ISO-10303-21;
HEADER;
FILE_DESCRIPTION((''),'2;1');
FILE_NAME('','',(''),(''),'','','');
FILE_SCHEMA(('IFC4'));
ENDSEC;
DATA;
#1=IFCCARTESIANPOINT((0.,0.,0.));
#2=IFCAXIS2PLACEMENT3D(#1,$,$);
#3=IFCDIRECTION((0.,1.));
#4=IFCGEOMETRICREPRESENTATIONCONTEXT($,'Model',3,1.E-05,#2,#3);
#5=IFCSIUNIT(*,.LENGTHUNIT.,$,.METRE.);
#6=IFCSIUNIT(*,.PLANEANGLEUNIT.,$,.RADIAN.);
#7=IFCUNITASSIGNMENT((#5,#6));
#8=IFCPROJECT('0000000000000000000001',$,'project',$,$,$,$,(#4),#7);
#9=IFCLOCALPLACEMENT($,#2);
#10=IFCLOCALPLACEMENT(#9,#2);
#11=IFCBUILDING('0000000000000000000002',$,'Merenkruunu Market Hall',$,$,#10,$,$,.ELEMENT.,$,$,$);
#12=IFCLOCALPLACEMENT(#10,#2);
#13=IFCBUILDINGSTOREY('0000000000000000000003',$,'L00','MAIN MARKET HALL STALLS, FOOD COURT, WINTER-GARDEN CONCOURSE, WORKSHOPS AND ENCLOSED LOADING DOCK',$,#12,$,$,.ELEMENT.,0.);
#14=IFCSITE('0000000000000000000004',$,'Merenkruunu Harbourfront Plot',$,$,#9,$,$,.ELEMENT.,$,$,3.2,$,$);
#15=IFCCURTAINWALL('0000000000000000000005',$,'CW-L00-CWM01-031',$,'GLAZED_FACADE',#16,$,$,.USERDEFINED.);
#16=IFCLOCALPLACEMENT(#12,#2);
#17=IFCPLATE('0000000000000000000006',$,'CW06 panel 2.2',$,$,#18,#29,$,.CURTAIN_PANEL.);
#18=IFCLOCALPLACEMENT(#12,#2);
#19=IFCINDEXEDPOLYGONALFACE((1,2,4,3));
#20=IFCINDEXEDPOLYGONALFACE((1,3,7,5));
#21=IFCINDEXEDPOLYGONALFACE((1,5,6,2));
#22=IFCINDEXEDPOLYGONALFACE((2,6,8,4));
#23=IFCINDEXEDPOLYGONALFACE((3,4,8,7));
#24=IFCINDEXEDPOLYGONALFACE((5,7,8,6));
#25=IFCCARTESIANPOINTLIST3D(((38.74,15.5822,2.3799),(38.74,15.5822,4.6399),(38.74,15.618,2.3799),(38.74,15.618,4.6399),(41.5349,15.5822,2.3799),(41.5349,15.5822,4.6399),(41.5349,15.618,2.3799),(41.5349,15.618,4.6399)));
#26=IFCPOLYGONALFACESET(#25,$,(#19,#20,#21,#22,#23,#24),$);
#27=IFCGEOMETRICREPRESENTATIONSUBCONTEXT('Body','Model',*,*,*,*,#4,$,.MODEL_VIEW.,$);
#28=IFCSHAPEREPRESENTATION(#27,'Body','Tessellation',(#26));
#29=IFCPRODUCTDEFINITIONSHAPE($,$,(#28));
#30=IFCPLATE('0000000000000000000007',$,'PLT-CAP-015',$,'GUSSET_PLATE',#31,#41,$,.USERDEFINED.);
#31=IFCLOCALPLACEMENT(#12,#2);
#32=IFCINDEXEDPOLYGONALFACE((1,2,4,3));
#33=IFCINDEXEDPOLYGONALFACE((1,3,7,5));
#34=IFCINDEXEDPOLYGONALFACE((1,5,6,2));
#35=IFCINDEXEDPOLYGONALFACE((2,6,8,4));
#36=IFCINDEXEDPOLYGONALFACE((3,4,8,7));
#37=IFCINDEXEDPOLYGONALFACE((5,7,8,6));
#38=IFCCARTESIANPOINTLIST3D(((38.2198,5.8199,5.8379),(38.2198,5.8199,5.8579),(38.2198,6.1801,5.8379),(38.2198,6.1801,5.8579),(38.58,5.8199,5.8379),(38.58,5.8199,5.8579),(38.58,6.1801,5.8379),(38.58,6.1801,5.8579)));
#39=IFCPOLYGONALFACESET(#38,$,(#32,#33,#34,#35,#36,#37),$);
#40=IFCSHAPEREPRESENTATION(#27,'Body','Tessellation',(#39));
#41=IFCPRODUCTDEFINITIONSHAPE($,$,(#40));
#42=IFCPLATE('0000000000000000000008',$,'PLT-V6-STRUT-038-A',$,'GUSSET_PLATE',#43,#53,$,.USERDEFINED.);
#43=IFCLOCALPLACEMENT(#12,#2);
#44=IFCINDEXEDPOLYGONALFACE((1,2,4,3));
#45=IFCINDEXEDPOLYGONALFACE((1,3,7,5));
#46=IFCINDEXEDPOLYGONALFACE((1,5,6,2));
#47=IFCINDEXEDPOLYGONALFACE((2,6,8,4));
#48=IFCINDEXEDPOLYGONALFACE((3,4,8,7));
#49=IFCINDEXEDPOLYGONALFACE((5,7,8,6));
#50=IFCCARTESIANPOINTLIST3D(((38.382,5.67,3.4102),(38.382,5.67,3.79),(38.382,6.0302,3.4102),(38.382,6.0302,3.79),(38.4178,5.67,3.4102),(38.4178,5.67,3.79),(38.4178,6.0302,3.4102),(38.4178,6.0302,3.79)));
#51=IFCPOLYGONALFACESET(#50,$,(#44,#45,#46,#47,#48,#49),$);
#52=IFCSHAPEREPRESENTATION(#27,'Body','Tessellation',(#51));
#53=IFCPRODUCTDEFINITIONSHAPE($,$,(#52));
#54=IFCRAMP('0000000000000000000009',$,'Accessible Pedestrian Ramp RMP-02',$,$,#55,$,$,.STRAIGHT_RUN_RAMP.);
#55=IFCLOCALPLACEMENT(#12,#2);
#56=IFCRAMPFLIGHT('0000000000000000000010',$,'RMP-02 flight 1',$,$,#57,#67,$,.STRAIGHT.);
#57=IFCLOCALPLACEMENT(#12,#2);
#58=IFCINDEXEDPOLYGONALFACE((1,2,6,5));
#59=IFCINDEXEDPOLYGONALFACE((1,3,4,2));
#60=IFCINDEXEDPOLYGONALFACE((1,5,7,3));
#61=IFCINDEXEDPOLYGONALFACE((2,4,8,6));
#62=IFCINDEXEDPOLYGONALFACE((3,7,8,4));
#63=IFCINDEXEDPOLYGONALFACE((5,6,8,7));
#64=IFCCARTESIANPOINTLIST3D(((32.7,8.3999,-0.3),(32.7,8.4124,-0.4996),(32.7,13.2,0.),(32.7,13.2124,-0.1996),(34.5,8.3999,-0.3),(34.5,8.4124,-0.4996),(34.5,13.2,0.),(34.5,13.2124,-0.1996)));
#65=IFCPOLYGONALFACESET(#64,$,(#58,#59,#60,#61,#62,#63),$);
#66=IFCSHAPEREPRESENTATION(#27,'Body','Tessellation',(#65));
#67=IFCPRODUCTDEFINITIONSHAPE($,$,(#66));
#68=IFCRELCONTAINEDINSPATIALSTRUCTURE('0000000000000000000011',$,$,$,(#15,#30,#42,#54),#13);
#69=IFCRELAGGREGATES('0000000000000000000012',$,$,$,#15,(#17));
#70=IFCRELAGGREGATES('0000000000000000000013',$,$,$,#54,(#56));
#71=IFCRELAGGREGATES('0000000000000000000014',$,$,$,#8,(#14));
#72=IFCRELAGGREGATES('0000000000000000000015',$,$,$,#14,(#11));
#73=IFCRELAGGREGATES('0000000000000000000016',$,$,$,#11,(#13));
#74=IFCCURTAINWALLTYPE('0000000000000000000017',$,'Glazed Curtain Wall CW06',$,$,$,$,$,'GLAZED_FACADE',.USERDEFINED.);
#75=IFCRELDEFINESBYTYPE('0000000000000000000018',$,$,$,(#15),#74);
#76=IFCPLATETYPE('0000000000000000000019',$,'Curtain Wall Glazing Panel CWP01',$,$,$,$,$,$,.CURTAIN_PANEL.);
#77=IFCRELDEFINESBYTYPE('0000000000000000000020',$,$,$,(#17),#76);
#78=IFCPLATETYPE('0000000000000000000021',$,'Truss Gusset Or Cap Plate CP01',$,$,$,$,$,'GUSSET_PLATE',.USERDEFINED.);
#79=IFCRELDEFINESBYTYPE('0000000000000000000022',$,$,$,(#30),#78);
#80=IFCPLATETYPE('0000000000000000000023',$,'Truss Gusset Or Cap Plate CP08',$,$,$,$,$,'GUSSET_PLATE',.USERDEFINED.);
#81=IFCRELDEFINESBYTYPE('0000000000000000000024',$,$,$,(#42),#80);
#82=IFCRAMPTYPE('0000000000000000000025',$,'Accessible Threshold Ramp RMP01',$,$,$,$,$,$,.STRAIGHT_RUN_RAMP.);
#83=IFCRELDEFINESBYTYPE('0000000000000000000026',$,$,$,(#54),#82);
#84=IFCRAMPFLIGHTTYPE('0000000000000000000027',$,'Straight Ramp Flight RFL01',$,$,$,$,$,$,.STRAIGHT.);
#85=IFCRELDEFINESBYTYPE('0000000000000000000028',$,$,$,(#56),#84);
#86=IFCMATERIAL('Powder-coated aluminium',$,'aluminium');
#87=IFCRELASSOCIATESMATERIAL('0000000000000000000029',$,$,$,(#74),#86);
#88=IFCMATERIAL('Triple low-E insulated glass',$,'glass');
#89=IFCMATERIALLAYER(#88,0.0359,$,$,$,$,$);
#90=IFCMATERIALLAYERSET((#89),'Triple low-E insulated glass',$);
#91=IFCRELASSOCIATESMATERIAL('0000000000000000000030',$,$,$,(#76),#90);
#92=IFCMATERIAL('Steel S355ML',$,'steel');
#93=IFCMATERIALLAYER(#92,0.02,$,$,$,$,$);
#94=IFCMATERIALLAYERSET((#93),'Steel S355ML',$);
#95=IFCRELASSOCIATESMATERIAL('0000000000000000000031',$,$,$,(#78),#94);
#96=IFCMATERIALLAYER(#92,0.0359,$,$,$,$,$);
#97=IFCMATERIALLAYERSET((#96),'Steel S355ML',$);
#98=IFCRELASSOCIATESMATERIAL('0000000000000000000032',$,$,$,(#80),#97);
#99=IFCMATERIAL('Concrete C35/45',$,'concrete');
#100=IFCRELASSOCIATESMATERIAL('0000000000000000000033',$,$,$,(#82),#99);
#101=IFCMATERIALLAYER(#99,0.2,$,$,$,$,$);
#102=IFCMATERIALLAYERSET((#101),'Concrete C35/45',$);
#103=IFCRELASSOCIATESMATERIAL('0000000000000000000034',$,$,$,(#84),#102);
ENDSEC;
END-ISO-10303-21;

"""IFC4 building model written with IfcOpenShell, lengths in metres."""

from ifc_helpers import new_model, si_unit, direction, frame, origin, origin_2d, place, context, subcontext, project, spatial, polyline, rectangle, outline, extrude, material, layer, layer_set, type_object, element, aggregate, save


model = new_model("IFC4")

# Units and contexts
model_context = context("Model", 3, precision=1e-05, world=origin(), true_north=direction((0.0, 1.0)))
body_context = subcontext(model_context, "Body", "Model", "MODEL_VIEW")
ifc_project = project(units=[si_unit("LENGTHUNIT", "METRE"), si_unit("PLANEANGLEUNIT", "RADIAN")], contexts=[model_context])

# Site, building, storey
site_placement = place(None, origin())
site = spatial("IfcSite", under=ifc_project, at=site_placement, Name="Merenkruunu Harbourfront Plot", CompositionType="ELEMENT", RefElevation=3.2)
building_placement = place(site_placement, origin())
building = spatial("IfcBuilding", under=site, at=building_placement, Name="Merenkruunu Market Hall", CompositionType="ELEMENT")
storey_placement = place(building_placement, origin())
storey = spatial("IfcBuildingStorey", under=building, at=storey_placement, Name="L00", Description="MAIN MARKET HALL STALLS, FOOD COURT, WINTER-GARDEN CONCOURSE, WORKSHOPS AND ENCLOSED LOADING DOCK", CompositionType="ELEMENT", Elevation=0.0)

# Shared definitions
ifc_material_1 = material(Name="Steel S355ML", Category="steel")

# Shared definitions
ifc_material_2 = material(Name="Powder-coated aluminium", Category="aluminium")

# Curtain wall
curtain_wall_type_1 = type_object("IfcCurtainWallType", Name="Glazed Curtain Wall CW06", ElementType="GLAZED_FACADE", PredefinedType="USERDEFINED", material=ifc_material_2)
curtain_wall_1_placement = place(storey_placement, origin())
curtain_wall_1 = element("IfcCurtainWall", 1, at=curtain_wall_1_placement, inside=storey, type_object=curtain_wall_type_1, Name="CW-L00-CWM01-031", ObjectType="GLAZED_FACADE", PredefinedType="USERDEFINED")

# Plate
ifc_material_3 = material(Name="Triple low-E insulated glass", Category="glass")
ifc_layer_1 = layer(ifc_material_3, 0.0359)
ifc_layer_set_1 = layer_set([ifc_layer_1], Name="Triple low-E insulated glass")
plate_type_1 = type_object("IfcPlateType", Name="Curtain Wall Glazing Panel CWP01", PredefinedType="CURTAIN_PANEL", material=ifc_layer_set_1)
plate_1_placement = place(storey_placement, frame((40.1375, 15.6001, 2.3799), z_axis=(0.0, 0.0, 1.0), x_axis=(-1.0, 0.0, 0.0)))
plate_1 = element("IfcPlate", 2, at=plate_1_placement, type_object=plate_type_1, Name="CW06 panel 2.2", PredefinedType="CURTAIN_PANEL", context=body_context, shape_type="SweptSolid", body=[
    extrude(rectangle(XDim=2.7949, YDim=0.0359, at=origin_2d()), origin(), (0.0, 0.0, 1.0), 2.26),
])
aggregate(curtain_wall_1, [plate_1])

# Plates
ifc_layer_2 = layer(ifc_material_1, 0.02)
ifc_layer_set_2 = layer_set([ifc_layer_2], Name="Steel S355ML")
plate_type_2 = type_object("IfcPlateType", Name="Truss Gusset Or Cap Plate CP01", ElementType="GUSSET_PLATE", PredefinedType="USERDEFINED", material=ifc_layer_set_2)
plate_2_placement = place(storey_placement, frame((38.3999, 6.0, 5.8379), z_axis=(0.0, 0.0, 1.0), x_axis=(1.0, 0.0, 0.0)))
element("IfcPlate", 3, at=plate_2_placement, inside=storey, type_object=plate_type_2, Name="PLT-CAP-015", ObjectType="GUSSET_PLATE", PredefinedType="USERDEFINED", context=body_context, shape_type="SweptSolid", body=[
    extrude(rectangle(XDim=0.3601, YDim=0.3601, at=origin_2d()), origin(), (0.0, 0.0, 1.0), 0.02),
])
ifc_layer_3 = layer(ifc_material_1, 0.0359)
ifc_layer_set_3 = layer_set([ifc_layer_3], Name="Steel S355ML")
plate_type_3 = type_object("IfcPlateType", Name="Truss Gusset Or Cap Plate CP08", ElementType="GUSSET_PLATE", PredefinedType="USERDEFINED", material=ifc_layer_set_3)
plate_3_placement = place(storey_placement, frame((38.3999, 5.8501, 3.4102), z_axis=(0.0, 0.0, 1.0), x_axis=(1.0, 0.0, 0.0)))
element("IfcPlate", 4, at=plate_3_placement, inside=storey, type_object=plate_type_3, Name="PLT-V6-STRUT-038-A", ObjectType="GUSSET_PLATE", PredefinedType="USERDEFINED", context=body_context, shape_type="SweptSolid", body=[
    extrude(rectangle(XDim=0.0359, YDim=0.3601, at=origin_2d()), origin(), (0.0, 0.0, 1.0), 0.3799),
])

# Ramp, ramp flight
ifc_material_4 = material(Name="Concrete C35/45", Category="concrete")
ramp_type = type_object("IfcRampType", Name="Accessible Threshold Ramp RMP01", PredefinedType="STRAIGHT_RUN_RAMP", material=ifc_material_4)
ramp_placement = place(storey_placement, origin())
ramp = element("IfcRamp", 5, at=ramp_placement, inside=storey, type_object=ramp_type, Name="Accessible Pedestrian Ramp RMP-02", PredefinedType="STRAIGHT_RUN_RAMP")
ifc_layer_4 = layer(ifc_material_4, 0.2)
ifc_layer_set_4 = layer_set([ifc_layer_4], Name="Concrete C35/45")
ramp_flight_type = type_object("IfcRampFlightType", Name="Straight Ramp Flight RFL01", PredefinedType="STRAIGHT", material=ifc_layer_set_4)
ramp_flight_placement = place(storey_placement, frame((32.7, 8.3999, -0.3), z_axis=(0.0, -0.062388, 0.998052), x_axis=(1.0, 0.0, 0.0)))
ramp_flight = element("IfcRampFlight", 6, at=ramp_flight_placement, type_object=ramp_flight_type, Name="RMP-02 flight 1", PredefinedType="STRAIGHT", context=body_context, shape_type="SweptSolid", body=[
    extrude(outline(polyline([(0.0, 0.0), (1.8, 0.0), (1.8, 4.8094), (0.0, 4.8094), (0.0, 0.0)])), origin(), (0.0, 0.0, -1.0), 0.2),
])
aggregate(ramp, [ramp_flight])

save(model, "model.ifc")
